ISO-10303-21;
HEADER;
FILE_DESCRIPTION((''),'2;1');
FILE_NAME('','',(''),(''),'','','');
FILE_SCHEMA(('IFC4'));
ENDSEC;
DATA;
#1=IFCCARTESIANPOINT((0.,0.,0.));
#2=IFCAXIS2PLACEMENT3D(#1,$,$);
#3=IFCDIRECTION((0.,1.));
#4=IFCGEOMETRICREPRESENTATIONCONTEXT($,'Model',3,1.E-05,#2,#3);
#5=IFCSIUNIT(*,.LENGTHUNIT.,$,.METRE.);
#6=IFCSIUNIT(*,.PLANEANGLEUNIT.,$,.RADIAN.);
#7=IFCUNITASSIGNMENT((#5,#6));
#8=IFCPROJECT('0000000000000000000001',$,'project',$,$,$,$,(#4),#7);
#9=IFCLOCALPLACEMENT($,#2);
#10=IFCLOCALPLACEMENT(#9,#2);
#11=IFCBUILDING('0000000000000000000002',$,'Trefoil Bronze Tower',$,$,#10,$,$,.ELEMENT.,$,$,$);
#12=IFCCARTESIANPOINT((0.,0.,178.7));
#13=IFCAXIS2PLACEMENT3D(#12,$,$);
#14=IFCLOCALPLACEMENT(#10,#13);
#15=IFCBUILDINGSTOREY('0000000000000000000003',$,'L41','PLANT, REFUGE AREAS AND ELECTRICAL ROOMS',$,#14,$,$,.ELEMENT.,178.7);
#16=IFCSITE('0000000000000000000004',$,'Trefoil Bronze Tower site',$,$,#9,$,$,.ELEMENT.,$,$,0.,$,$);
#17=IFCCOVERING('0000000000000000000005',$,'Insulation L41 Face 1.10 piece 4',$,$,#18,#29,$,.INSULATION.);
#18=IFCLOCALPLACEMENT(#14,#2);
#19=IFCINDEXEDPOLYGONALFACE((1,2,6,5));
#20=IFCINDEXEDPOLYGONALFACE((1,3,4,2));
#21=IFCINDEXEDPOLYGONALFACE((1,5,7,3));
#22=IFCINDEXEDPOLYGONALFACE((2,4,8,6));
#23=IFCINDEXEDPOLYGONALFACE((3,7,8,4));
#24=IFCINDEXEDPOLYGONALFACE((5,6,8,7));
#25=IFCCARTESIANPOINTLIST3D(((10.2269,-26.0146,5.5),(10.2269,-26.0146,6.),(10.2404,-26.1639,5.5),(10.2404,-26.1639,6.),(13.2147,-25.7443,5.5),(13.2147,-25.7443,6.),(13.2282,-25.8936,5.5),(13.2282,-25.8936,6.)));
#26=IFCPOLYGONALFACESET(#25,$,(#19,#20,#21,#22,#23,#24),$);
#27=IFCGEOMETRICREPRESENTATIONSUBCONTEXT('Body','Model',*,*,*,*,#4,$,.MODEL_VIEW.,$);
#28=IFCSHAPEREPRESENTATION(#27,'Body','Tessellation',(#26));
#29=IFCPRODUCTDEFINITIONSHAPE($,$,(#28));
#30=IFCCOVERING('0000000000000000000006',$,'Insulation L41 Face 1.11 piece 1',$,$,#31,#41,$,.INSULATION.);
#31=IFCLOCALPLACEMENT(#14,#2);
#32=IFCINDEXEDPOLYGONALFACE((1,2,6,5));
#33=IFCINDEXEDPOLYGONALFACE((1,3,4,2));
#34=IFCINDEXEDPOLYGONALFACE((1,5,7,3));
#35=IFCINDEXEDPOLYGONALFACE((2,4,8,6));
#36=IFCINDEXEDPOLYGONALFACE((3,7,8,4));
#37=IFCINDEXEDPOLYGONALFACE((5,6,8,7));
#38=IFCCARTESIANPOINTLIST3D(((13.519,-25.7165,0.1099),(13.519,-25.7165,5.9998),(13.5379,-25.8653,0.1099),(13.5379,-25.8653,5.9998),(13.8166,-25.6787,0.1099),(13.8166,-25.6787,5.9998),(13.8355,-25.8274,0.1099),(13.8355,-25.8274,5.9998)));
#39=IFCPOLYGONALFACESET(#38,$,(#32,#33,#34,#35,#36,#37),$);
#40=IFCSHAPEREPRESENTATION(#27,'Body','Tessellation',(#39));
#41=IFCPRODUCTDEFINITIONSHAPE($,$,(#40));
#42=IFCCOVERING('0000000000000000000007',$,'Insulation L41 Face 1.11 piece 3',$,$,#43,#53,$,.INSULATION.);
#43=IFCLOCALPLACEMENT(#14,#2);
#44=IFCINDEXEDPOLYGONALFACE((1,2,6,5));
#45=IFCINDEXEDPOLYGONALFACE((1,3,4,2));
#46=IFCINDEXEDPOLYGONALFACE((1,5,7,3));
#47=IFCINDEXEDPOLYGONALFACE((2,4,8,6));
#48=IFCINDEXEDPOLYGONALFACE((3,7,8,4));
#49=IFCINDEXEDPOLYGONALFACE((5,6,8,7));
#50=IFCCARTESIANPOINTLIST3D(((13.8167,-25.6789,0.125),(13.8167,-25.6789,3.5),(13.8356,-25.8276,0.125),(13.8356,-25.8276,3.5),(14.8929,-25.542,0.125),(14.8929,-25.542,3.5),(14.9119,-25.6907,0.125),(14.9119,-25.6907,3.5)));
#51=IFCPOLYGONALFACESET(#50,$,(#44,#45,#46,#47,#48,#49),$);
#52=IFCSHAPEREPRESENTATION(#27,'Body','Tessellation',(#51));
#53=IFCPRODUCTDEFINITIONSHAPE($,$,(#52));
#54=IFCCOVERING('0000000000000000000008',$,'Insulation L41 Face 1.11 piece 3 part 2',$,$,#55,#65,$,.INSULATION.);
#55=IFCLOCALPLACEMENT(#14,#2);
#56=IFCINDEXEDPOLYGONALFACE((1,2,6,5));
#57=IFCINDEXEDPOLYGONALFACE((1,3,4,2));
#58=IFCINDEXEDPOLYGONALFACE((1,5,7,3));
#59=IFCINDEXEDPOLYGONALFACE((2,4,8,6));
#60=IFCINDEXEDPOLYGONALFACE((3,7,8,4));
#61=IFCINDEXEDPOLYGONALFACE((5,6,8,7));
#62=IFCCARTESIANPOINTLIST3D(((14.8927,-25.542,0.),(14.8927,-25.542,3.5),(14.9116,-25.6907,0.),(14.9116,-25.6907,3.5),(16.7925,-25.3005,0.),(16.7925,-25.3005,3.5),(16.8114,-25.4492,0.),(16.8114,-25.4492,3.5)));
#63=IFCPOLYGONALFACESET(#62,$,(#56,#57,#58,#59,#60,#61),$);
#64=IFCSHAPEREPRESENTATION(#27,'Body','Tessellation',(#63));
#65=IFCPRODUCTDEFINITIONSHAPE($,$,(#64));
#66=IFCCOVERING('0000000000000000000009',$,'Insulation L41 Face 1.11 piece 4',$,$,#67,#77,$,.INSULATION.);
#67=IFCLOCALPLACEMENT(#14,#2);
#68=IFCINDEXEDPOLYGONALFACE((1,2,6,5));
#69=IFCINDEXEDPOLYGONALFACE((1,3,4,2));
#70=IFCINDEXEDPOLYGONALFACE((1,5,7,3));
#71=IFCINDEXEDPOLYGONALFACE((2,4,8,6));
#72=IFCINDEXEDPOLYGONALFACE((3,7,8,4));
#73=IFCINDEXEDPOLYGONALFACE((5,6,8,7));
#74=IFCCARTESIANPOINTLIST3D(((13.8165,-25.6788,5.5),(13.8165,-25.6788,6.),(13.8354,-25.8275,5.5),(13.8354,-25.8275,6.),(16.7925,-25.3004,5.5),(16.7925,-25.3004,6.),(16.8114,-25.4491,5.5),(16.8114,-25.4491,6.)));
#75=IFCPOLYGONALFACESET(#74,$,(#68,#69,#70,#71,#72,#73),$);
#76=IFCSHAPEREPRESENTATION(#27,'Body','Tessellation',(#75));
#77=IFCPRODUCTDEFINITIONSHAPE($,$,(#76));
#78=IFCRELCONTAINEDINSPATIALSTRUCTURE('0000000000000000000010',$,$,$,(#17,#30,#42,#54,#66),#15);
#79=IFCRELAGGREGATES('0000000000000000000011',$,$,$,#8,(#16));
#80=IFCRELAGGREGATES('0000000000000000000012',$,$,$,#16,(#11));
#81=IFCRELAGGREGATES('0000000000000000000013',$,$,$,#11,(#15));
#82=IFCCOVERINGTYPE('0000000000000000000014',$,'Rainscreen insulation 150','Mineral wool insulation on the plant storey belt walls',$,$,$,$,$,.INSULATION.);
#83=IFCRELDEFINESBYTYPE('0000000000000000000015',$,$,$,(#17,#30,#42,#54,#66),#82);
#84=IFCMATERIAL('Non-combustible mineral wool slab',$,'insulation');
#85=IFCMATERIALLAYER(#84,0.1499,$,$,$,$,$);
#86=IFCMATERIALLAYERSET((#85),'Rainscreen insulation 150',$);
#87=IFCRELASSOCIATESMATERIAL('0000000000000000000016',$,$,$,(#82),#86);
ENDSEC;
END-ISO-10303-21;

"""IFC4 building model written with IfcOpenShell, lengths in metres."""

from ifc_helpers import new_model, si_unit, direction, frame, origin, origin_2d, place, context, subcontext, project, spatial, rectangle, extrude, material, layer, layer_set, type_object, element, save


model = new_model("IFC4")

# Units and contexts
model_context = context("Model", 3, precision=1e-05, world=origin(), true_north=direction((0.0, 1.0)))
body_context = subcontext(model_context, "Body", "Model", "MODEL_VIEW")
ifc_project = project(units=[si_unit("LENGTHUNIT", "METRE"), si_unit("PLANEANGLEUNIT", "RADIAN")], contexts=[model_context])

# Site, building, storey
site_placement = place(None, origin())
site = spatial("IfcSite", under=ifc_project, at=site_placement, Name="Trefoil Bronze Tower site", CompositionType="ELEMENT", RefElevation=0.0)
building_placement = place(site_placement, origin())
building = spatial("IfcBuilding", under=site, at=building_placement, Name="Trefoil Bronze Tower", CompositionType="ELEMENT")
storey_placement = place(building_placement, frame((0.0, 0.0, 178.7)))
storey = spatial("IfcBuildingStorey", under=building, at=storey_placement, Name="L41", Description="PLANT, REFUGE AREAS AND ELECTRICAL ROOMS", CompositionType="ELEMENT", Elevation=178.7)

# Coverings
ifc_material_1 = material(Name="Non-combustible mineral wool slab", Category="insulation")
ifc_layer_1 = layer(ifc_material_1, 0.1499)
ifc_layer_set_1 = layer_set([ifc_layer_1], Name="Rainscreen insulation 150")
covering_type_1 = type_object("IfcCoveringType", Name="Rainscreen insulation 150", Description="Mineral wool insulation on the plant storey belt walls", PredefinedType="INSULATION", material=ifc_layer_set_1)
covering_1_placement = place(storey_placement, frame((11.7275, -25.9541, 5.5), z_axis=(0.0, 0.0, 1.0), x_axis=(0.995932, 0.090105, 0.0)))
element("IfcCovering", 1, at=covering_1_placement, inside=storey, type_object=covering_type_1, Name="Insulation L41 Face 1.10 piece 4", PredefinedType="INSULATION", context=body_context, shape_type="SweptSolid", body=[
    extrude(rectangle(XDim=3.0, YDim=0.1499, at=origin_2d()), origin(), (0.0, 0.0, 1.0), 0.5),
])
covering_2_placement = place(storey_placement, frame((13.6772, -25.772, 0.1099), z_axis=(0.0, 0.0, 1.0), x_axis=(0.992012, 0.126147, 0.0)))
element("IfcCovering", 2, at=covering_2_placement, inside=storey, type_object=covering_type_1, Name="Insulation L41 Face 1.11 piece 1", PredefinedType="INSULATION", context=body_context, shape_type="SweptSolid", body=[
    extrude(rectangle(XDim=0.3, YDim=0.1499, at=origin_2d()), origin(), (0.0, 0.0, 1.0), 5.8899),
])
covering_3_placement = place(storey_placement, frame((14.3643, -25.6848, 0.125), z_axis=(0.0, 0.0, 1.0), x_axis=(0.992012, 0.126147, 0.0)))
element("IfcCovering", 3, at=covering_3_placement, inside=storey, type_object=covering_type_1, Name="Insulation L41 Face 1.11 piece 3", PredefinedType="INSULATION", context=body_context, shape_type="SweptSolid", body=[
    extrude(rectangle(XDim=1.085, YDim=0.1499, at=origin_2d()), origin(), (0.0, 0.0, 1.0), 3.375),
])
covering_4_placement = place(storey_placement, frame((15.8521, -25.4956, 0.0), z_axis=(0.0, 0.0, 1.0), x_axis=(0.992012, 0.126147, 0.0)))
element("IfcCovering", 4, at=covering_4_placement, inside=storey, type_object=covering_type_1, Name="Insulation L41 Face 1.11 piece 3 part 2", PredefinedType="INSULATION", context=body_context, shape_type="SweptSolid", body=[
    extrude(rectangle(XDim=1.915, YDim=0.1499, at=origin_2d()), origin(), (0.0, 0.0, 1.0), 3.5),
])
covering_5_placement = place(storey_placement, frame((15.314, -25.564, 5.5), z_axis=(0.0, 0.0, 1.0), x_axis=(0.992012, 0.126147, 0.0)))
element("IfcCovering", 5, at=covering_5_placement, inside=storey, type_object=covering_type_1, Name="Insulation L41 Face 1.11 piece 4", PredefinedType="INSULATION", context=body_context, shape_type="SweptSolid", body=[
    extrude(rectangle(XDim=3.0, YDim=0.1499, at=origin_2d()), origin(), (0.0, 0.0, 1.0), 0.5),
])

save(model, "model.ifc")
